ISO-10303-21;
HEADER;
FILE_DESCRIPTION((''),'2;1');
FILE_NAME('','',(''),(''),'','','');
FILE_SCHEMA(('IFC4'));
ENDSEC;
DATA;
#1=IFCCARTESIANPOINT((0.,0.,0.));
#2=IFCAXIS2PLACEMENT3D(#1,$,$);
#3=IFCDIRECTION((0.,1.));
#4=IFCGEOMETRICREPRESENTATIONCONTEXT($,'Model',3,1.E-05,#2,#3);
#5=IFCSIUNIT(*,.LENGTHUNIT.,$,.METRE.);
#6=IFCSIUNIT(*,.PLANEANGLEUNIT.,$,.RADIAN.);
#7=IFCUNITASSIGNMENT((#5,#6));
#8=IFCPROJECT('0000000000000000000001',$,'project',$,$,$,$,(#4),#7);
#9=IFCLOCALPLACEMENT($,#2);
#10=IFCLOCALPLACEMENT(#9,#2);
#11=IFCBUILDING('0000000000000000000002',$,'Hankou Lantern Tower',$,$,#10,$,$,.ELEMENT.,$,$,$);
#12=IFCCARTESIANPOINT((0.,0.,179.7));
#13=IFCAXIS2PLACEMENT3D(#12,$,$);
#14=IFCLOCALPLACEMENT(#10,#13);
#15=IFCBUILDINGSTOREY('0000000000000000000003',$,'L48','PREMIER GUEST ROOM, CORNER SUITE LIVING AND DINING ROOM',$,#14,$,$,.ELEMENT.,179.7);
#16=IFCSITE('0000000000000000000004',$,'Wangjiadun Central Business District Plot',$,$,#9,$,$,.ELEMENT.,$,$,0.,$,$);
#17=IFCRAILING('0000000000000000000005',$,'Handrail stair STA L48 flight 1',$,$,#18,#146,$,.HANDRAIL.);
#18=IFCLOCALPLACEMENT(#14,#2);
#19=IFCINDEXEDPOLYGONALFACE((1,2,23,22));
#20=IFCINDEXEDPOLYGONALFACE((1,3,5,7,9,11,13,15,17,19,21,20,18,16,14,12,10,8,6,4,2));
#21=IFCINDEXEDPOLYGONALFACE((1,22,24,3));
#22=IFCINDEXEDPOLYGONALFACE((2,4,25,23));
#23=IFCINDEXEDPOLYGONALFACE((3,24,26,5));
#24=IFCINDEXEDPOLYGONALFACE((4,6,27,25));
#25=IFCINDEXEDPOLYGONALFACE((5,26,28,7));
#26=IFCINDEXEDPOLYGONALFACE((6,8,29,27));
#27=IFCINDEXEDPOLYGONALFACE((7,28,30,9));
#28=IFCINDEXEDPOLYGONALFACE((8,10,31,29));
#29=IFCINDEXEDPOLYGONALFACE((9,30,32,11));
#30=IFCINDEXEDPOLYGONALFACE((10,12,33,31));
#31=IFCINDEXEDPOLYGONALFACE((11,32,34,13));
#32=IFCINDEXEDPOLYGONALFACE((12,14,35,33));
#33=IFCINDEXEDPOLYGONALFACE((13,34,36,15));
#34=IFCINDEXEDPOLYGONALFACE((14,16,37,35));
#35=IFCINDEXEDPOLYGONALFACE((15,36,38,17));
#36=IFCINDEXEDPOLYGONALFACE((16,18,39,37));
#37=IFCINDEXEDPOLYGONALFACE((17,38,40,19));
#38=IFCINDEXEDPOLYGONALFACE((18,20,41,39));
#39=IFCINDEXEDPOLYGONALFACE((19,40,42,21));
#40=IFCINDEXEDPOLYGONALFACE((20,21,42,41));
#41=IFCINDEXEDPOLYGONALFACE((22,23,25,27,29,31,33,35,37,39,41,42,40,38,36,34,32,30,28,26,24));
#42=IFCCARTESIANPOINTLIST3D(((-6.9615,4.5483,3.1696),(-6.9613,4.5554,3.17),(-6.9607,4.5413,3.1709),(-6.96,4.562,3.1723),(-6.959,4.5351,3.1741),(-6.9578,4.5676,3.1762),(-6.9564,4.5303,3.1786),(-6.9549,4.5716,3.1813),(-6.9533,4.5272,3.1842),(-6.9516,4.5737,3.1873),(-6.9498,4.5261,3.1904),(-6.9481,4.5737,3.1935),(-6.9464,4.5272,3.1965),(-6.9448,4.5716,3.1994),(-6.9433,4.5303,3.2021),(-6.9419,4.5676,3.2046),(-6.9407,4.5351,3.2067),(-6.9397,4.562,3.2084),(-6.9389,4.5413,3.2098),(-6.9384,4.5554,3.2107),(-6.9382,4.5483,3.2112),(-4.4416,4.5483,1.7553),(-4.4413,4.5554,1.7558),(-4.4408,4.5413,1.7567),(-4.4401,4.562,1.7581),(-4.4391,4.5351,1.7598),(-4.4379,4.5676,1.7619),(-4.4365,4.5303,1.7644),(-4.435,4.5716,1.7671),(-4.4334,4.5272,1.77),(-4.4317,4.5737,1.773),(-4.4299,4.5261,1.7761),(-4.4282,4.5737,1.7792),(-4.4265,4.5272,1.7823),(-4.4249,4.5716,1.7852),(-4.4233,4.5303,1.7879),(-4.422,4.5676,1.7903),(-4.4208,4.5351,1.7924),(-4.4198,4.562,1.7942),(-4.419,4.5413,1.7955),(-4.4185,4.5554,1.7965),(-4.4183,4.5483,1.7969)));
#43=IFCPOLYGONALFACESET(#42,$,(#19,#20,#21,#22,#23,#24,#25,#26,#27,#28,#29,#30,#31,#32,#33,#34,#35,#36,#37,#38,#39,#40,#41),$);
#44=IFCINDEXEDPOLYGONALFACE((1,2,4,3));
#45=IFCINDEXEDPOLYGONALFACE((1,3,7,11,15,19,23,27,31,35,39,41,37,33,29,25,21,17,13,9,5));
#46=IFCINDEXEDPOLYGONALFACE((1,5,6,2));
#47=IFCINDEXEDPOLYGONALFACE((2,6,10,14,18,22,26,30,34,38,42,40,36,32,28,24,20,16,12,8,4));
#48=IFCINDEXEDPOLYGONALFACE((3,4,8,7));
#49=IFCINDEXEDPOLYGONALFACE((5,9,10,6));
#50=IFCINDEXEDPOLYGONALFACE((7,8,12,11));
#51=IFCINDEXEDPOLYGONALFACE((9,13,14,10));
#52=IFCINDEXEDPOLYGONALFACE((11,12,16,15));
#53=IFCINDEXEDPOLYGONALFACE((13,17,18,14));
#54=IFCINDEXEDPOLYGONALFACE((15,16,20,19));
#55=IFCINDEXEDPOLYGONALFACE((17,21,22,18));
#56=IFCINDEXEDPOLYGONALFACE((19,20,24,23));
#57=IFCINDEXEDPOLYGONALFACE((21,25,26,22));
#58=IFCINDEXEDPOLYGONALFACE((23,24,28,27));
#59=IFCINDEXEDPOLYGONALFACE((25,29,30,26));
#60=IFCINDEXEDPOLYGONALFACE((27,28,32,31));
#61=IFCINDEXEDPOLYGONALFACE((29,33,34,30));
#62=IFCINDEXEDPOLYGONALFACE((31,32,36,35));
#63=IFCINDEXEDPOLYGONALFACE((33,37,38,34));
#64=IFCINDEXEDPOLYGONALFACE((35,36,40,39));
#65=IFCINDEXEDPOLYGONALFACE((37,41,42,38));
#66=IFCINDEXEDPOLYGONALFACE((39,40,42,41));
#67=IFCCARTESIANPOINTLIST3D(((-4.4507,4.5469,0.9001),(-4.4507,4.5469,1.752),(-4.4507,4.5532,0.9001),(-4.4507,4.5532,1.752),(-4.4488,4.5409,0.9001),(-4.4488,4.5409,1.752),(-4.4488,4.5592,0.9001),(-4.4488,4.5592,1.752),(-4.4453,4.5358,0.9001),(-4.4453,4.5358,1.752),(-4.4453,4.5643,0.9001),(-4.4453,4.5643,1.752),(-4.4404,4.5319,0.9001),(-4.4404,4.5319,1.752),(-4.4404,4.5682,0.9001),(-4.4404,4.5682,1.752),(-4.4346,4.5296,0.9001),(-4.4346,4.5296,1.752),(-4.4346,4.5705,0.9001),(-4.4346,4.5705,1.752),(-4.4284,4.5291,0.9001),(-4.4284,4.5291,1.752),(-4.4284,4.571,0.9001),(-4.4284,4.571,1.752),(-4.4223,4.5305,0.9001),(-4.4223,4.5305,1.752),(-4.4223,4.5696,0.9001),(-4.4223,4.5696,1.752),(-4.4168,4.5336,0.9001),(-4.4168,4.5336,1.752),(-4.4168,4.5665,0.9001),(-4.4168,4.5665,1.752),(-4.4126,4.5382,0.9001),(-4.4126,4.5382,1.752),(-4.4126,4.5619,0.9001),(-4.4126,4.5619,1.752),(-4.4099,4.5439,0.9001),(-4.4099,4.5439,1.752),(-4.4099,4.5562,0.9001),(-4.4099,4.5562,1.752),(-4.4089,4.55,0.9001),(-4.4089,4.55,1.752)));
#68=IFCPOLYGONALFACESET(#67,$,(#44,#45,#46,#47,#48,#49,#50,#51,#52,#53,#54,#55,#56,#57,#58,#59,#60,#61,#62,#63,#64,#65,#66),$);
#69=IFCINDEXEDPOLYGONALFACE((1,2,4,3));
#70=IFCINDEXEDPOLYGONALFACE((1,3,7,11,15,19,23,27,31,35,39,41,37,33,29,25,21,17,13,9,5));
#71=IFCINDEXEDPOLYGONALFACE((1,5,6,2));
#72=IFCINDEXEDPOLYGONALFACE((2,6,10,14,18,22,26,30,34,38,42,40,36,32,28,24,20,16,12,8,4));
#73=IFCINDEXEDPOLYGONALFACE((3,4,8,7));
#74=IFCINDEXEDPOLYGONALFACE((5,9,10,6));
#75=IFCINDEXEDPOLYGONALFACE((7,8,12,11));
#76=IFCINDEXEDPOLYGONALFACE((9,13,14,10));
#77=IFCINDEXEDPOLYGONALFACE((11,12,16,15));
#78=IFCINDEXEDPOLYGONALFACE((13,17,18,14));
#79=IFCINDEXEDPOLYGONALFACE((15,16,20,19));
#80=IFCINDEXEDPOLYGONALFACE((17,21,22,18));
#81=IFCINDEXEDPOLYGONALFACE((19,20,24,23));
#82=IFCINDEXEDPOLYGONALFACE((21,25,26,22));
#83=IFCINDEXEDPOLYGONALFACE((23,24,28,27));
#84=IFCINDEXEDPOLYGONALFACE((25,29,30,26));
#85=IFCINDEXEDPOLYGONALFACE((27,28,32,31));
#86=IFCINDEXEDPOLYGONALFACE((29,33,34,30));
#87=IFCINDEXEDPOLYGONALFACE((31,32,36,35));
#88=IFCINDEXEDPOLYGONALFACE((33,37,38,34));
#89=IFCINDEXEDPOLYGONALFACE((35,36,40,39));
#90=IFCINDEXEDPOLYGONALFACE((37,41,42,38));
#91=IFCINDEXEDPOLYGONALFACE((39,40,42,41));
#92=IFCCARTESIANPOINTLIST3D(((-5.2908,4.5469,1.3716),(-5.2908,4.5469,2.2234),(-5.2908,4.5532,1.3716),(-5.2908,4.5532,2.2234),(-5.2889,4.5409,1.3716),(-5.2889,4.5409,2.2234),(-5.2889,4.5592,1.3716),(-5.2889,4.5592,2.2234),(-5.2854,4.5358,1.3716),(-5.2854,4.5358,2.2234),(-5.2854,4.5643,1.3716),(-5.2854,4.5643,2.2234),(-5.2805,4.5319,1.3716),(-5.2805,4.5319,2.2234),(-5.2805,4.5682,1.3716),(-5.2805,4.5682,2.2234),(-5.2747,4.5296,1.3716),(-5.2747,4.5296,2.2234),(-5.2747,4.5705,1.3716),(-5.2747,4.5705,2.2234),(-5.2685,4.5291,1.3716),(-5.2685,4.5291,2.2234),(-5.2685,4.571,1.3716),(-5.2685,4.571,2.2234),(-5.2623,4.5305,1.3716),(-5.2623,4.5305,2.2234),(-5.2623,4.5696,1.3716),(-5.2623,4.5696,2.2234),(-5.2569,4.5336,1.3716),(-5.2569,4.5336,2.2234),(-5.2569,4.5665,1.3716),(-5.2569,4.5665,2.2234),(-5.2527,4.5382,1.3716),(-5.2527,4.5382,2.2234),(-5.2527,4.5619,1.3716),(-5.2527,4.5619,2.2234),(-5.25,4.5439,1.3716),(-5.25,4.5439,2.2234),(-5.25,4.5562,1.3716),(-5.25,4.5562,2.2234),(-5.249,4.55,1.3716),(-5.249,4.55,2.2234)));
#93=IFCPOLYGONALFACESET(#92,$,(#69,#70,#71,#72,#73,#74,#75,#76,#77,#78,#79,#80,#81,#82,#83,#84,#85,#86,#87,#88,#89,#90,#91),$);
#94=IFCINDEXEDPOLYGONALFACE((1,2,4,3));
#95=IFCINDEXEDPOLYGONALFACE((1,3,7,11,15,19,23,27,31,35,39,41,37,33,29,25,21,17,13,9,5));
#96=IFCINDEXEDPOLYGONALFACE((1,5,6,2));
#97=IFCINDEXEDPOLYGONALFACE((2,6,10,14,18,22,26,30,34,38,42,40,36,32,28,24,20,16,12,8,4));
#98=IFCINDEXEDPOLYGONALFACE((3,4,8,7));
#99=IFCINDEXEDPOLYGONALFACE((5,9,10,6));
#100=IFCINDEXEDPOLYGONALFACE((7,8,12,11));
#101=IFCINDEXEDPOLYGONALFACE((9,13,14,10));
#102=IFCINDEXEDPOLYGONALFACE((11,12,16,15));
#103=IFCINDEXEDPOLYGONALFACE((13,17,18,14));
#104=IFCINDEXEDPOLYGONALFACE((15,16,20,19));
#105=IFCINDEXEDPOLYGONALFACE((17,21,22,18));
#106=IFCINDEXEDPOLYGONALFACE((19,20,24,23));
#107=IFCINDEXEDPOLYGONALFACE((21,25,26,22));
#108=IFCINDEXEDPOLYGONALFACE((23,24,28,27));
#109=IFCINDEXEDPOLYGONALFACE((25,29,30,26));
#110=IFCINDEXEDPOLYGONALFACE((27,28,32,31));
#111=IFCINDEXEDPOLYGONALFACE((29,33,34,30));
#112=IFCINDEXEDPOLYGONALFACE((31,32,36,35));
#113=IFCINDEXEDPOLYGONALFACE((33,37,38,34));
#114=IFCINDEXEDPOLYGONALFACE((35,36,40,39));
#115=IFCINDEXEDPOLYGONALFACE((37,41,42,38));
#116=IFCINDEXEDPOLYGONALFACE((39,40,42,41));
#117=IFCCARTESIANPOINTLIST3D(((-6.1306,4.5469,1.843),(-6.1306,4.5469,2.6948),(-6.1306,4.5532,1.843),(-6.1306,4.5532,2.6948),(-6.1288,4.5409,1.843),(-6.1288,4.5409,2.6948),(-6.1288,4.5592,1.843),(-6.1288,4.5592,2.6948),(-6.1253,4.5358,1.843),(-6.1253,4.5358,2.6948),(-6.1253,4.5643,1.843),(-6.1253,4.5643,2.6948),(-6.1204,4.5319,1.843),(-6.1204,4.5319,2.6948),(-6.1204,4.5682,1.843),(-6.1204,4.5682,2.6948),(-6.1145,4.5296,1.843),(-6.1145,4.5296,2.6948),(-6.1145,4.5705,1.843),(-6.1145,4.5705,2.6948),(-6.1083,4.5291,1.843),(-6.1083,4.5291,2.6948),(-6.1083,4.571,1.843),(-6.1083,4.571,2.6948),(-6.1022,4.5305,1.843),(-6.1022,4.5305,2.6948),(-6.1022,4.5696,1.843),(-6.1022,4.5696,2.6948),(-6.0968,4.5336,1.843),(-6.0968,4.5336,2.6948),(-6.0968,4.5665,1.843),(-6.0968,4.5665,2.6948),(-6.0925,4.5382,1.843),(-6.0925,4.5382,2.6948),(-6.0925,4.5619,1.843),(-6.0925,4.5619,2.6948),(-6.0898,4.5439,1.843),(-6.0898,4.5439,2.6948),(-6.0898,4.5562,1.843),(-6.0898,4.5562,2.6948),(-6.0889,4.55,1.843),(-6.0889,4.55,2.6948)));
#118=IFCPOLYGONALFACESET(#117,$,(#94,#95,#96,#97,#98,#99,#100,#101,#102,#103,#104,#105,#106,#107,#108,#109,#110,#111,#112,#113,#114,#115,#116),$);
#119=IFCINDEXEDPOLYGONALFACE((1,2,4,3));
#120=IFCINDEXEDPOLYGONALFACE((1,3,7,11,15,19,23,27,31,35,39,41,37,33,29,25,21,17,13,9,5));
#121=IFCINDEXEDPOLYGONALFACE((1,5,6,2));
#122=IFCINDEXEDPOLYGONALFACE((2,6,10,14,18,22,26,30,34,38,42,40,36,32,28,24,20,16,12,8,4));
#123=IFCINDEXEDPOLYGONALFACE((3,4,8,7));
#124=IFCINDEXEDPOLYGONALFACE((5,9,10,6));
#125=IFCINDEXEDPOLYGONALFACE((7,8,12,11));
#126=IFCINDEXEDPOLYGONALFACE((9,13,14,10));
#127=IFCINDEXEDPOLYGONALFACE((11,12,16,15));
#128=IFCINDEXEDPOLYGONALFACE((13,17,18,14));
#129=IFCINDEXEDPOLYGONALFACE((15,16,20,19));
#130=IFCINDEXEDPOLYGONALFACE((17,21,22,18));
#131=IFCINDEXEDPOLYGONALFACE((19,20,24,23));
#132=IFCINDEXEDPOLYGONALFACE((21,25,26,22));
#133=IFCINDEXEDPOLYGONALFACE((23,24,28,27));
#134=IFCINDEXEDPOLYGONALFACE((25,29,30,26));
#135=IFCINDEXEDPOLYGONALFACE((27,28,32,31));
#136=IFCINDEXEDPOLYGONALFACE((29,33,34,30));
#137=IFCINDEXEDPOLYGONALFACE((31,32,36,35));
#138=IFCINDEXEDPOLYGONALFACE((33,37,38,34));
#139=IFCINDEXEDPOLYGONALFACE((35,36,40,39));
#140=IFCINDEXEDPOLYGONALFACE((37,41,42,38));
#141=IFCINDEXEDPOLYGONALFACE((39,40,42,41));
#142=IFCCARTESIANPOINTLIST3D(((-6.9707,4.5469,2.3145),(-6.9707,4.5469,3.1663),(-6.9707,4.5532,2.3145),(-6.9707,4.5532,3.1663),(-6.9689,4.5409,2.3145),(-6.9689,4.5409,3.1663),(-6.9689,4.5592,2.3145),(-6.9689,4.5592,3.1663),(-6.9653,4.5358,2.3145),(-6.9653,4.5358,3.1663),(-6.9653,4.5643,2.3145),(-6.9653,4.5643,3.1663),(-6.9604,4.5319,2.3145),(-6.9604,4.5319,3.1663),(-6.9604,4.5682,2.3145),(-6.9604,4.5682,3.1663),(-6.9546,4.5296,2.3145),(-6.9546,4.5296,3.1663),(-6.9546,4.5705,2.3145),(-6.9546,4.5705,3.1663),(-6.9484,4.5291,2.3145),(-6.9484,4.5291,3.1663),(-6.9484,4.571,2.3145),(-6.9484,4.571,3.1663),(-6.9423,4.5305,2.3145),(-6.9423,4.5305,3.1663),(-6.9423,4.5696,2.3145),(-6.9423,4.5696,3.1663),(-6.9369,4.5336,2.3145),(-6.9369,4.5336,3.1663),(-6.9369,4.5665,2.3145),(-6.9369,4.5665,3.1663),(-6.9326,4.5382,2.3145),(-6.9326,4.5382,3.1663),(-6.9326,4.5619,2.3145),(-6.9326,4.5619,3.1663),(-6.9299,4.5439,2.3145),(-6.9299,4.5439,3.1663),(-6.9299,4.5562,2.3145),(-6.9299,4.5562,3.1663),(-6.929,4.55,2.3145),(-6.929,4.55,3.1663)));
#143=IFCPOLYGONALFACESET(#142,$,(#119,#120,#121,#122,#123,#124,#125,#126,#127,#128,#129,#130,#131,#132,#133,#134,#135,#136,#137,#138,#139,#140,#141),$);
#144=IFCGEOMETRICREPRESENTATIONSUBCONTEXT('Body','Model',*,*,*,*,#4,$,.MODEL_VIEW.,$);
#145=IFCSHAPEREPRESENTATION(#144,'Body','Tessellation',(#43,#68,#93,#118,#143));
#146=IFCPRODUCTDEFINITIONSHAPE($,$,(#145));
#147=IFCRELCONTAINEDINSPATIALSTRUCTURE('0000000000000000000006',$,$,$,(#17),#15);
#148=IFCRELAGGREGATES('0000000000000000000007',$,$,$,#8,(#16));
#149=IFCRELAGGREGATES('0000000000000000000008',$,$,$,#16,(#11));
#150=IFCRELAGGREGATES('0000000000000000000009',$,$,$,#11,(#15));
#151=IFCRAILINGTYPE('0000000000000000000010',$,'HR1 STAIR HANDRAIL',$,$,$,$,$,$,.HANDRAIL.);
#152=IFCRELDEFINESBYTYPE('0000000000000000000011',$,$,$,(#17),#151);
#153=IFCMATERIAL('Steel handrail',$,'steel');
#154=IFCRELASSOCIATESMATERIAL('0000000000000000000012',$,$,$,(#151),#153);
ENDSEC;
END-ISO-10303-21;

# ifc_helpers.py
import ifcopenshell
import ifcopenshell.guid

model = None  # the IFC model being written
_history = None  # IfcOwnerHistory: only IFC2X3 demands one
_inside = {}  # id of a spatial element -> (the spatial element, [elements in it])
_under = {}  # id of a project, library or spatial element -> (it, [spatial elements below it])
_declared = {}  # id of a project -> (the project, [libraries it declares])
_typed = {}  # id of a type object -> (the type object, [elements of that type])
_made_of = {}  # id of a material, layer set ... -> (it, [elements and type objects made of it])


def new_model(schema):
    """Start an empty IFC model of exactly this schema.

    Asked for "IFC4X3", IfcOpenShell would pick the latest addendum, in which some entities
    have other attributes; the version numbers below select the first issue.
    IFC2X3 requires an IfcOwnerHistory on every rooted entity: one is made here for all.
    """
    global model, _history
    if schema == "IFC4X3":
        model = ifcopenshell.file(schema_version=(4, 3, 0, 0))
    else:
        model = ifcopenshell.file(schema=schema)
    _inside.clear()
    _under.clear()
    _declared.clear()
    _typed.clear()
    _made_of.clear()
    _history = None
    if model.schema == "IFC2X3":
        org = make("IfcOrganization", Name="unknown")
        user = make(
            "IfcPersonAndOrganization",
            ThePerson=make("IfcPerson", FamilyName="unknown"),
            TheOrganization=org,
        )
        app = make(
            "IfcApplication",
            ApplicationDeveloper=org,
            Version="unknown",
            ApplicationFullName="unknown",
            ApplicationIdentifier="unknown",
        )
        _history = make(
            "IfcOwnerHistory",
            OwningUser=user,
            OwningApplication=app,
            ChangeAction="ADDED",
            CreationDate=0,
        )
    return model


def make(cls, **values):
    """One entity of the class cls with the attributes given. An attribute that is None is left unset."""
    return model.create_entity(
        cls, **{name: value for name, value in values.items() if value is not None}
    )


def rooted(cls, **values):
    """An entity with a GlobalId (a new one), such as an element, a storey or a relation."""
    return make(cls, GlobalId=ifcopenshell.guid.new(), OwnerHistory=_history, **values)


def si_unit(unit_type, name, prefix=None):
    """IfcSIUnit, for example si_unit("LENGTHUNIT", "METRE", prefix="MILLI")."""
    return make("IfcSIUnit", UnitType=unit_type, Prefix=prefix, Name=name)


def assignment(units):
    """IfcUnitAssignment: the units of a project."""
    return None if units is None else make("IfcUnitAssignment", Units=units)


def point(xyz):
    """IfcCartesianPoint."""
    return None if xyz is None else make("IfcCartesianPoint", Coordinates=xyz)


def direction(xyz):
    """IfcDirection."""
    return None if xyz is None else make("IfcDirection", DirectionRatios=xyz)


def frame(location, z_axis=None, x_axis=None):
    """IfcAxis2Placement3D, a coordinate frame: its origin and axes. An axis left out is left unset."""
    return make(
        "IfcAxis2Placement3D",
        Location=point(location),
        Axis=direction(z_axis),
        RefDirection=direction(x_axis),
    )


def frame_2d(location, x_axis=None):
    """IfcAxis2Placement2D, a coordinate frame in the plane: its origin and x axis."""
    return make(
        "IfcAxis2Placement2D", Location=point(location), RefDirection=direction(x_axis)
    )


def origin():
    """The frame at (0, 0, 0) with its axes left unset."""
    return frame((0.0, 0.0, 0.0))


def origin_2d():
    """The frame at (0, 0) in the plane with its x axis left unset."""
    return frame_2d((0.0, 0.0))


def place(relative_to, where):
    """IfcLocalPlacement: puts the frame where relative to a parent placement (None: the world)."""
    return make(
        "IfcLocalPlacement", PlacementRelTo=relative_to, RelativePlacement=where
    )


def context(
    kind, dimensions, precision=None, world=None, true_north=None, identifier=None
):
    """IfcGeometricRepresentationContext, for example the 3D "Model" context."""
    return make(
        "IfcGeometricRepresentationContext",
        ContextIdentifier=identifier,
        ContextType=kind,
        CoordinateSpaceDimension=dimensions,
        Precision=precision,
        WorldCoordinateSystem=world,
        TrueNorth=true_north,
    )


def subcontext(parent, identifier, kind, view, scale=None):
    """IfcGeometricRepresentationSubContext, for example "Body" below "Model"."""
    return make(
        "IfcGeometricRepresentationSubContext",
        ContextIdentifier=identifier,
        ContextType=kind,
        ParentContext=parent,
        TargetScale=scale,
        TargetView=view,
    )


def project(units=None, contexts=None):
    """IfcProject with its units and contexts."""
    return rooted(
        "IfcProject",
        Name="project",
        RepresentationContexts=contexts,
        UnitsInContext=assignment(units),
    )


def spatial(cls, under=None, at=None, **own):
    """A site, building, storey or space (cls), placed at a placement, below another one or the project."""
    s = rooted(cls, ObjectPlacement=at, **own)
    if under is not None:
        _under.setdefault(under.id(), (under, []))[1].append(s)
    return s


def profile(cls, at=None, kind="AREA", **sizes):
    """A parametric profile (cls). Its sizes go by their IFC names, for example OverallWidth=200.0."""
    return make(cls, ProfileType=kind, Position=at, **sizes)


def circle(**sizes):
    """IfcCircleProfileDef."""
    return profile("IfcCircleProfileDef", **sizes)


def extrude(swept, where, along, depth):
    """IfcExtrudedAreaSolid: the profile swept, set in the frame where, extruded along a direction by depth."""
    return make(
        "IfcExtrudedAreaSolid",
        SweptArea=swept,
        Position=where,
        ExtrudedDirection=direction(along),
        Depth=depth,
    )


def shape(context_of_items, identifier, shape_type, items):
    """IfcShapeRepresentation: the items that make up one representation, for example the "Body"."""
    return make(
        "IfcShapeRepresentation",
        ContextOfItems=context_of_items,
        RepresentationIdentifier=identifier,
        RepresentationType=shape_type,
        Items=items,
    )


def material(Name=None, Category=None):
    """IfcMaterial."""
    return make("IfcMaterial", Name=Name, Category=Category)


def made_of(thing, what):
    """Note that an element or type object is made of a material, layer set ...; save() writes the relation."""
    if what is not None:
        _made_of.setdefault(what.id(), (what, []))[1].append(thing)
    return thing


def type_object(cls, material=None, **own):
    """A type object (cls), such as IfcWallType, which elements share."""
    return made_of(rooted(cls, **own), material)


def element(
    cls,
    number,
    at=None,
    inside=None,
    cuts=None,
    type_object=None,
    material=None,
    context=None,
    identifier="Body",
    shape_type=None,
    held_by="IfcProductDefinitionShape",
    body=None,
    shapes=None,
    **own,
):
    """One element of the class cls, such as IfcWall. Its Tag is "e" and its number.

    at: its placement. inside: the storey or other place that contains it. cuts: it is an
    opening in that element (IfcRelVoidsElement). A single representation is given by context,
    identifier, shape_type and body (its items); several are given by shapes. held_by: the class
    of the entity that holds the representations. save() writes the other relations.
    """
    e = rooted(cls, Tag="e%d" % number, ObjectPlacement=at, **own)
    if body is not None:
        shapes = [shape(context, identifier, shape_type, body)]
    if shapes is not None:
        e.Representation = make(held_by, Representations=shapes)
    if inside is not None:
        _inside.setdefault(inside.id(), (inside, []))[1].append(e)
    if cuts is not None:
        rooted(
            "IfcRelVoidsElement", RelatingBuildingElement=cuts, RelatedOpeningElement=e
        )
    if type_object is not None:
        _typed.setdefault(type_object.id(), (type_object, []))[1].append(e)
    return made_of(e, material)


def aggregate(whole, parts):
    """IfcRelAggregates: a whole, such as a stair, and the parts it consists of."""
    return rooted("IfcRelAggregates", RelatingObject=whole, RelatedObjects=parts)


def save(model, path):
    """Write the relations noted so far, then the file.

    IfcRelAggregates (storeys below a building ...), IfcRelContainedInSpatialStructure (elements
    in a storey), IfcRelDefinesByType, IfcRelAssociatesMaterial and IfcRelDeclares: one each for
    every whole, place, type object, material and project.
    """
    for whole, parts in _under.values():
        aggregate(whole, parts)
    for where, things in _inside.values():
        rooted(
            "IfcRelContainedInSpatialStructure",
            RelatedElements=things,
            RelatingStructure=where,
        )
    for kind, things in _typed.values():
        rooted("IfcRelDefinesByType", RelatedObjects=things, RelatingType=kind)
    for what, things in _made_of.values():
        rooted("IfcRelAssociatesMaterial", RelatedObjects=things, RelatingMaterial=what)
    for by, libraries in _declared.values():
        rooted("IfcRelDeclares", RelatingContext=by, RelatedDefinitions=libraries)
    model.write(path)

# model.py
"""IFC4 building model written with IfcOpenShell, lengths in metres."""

from ifc_helpers import new_model, si_unit, direction, frame, origin, origin_2d, place, context, subcontext, project, spatial, circle, extrude, material, type_object, element, save


model = new_model("IFC4")

# Units and contexts
model_context = context("Model", 3, precision=1e-05, world=origin(), true_north=direction((0.0, 1.0)))
body_context = subcontext(model_context, "Body", "Model", "MODEL_VIEW")
ifc_project = project(units=[si_unit("LENGTHUNIT", "METRE"), si_unit("PLANEANGLEUNIT", "RADIAN")], contexts=[model_context])

# Site, building, storey
site_placement = place(None, origin())
site = spatial("IfcSite", under=ifc_project, at=site_placement, Name="Wangjiadun Central Business District Plot", CompositionType="ELEMENT", RefElevation=0.0)
building_placement = place(site_placement, origin())
building = spatial("IfcBuilding", under=site, at=building_placement, Name="Hankou Lantern Tower", CompositionType="ELEMENT")
storey_placement = place(building_placement, frame((0.0, 0.0, 179.7)))
storey = spatial("IfcBuildingStorey", under=building, at=storey_placement, Name="L48", Description="PREMIER GUEST ROOM, CORNER SUITE LIVING AND DINING ROOM", CompositionType="ELEMENT", Elevation=179.7)

# Railing
ifc_material_1 = material(Name="Steel handrail", Category="steel")
railing_type = type_object("IfcRailingType", Name="HR1 STAIR HANDRAIL", PredefinedType="HANDRAIL", material=ifc_material_1)
railing_1_placement = place(storey_placement, frame((-4.4299, 4.55, 0.9001)))
element("IfcRailing", 1, at=railing_1_placement, inside=storey, type_object=railing_type, Name="Handrail stair STA L48 flight 1", PredefinedType="HANDRAIL", context=body_context, shape_type="SweptSolid", body=[
    extrude(circle(Radius=0.0239, at=origin_2d()), frame((0.0, 0.0, 0.876), z_axis=(-0.872049, 0.0, 0.489419), x_axis=(0.0, -1.0, 0.0)), (0.0, 0.0, 1.0), 2.8896),
    extrude(circle(Radius=0.021, at=origin_2d()), origin(), (0.0, 0.0, 1.0), 0.8518),
    extrude(circle(Radius=0.021, at=origin_2d()), frame((-0.8401, 0.0, 0.4714)), (0.0, 0.0, 1.0), 0.8518),
    extrude(circle(Radius=0.021, at=origin_2d()), frame((-1.6799, 0.0, 0.9429)), (0.0, 0.0, 1.0), 0.8518),
    extrude(circle(Radius=0.021, at=origin_2d()), frame((-2.52, 0.0, 1.4143)), (0.0, 0.0, 1.0), 0.8518),
])

save(model, "model.ifc")
